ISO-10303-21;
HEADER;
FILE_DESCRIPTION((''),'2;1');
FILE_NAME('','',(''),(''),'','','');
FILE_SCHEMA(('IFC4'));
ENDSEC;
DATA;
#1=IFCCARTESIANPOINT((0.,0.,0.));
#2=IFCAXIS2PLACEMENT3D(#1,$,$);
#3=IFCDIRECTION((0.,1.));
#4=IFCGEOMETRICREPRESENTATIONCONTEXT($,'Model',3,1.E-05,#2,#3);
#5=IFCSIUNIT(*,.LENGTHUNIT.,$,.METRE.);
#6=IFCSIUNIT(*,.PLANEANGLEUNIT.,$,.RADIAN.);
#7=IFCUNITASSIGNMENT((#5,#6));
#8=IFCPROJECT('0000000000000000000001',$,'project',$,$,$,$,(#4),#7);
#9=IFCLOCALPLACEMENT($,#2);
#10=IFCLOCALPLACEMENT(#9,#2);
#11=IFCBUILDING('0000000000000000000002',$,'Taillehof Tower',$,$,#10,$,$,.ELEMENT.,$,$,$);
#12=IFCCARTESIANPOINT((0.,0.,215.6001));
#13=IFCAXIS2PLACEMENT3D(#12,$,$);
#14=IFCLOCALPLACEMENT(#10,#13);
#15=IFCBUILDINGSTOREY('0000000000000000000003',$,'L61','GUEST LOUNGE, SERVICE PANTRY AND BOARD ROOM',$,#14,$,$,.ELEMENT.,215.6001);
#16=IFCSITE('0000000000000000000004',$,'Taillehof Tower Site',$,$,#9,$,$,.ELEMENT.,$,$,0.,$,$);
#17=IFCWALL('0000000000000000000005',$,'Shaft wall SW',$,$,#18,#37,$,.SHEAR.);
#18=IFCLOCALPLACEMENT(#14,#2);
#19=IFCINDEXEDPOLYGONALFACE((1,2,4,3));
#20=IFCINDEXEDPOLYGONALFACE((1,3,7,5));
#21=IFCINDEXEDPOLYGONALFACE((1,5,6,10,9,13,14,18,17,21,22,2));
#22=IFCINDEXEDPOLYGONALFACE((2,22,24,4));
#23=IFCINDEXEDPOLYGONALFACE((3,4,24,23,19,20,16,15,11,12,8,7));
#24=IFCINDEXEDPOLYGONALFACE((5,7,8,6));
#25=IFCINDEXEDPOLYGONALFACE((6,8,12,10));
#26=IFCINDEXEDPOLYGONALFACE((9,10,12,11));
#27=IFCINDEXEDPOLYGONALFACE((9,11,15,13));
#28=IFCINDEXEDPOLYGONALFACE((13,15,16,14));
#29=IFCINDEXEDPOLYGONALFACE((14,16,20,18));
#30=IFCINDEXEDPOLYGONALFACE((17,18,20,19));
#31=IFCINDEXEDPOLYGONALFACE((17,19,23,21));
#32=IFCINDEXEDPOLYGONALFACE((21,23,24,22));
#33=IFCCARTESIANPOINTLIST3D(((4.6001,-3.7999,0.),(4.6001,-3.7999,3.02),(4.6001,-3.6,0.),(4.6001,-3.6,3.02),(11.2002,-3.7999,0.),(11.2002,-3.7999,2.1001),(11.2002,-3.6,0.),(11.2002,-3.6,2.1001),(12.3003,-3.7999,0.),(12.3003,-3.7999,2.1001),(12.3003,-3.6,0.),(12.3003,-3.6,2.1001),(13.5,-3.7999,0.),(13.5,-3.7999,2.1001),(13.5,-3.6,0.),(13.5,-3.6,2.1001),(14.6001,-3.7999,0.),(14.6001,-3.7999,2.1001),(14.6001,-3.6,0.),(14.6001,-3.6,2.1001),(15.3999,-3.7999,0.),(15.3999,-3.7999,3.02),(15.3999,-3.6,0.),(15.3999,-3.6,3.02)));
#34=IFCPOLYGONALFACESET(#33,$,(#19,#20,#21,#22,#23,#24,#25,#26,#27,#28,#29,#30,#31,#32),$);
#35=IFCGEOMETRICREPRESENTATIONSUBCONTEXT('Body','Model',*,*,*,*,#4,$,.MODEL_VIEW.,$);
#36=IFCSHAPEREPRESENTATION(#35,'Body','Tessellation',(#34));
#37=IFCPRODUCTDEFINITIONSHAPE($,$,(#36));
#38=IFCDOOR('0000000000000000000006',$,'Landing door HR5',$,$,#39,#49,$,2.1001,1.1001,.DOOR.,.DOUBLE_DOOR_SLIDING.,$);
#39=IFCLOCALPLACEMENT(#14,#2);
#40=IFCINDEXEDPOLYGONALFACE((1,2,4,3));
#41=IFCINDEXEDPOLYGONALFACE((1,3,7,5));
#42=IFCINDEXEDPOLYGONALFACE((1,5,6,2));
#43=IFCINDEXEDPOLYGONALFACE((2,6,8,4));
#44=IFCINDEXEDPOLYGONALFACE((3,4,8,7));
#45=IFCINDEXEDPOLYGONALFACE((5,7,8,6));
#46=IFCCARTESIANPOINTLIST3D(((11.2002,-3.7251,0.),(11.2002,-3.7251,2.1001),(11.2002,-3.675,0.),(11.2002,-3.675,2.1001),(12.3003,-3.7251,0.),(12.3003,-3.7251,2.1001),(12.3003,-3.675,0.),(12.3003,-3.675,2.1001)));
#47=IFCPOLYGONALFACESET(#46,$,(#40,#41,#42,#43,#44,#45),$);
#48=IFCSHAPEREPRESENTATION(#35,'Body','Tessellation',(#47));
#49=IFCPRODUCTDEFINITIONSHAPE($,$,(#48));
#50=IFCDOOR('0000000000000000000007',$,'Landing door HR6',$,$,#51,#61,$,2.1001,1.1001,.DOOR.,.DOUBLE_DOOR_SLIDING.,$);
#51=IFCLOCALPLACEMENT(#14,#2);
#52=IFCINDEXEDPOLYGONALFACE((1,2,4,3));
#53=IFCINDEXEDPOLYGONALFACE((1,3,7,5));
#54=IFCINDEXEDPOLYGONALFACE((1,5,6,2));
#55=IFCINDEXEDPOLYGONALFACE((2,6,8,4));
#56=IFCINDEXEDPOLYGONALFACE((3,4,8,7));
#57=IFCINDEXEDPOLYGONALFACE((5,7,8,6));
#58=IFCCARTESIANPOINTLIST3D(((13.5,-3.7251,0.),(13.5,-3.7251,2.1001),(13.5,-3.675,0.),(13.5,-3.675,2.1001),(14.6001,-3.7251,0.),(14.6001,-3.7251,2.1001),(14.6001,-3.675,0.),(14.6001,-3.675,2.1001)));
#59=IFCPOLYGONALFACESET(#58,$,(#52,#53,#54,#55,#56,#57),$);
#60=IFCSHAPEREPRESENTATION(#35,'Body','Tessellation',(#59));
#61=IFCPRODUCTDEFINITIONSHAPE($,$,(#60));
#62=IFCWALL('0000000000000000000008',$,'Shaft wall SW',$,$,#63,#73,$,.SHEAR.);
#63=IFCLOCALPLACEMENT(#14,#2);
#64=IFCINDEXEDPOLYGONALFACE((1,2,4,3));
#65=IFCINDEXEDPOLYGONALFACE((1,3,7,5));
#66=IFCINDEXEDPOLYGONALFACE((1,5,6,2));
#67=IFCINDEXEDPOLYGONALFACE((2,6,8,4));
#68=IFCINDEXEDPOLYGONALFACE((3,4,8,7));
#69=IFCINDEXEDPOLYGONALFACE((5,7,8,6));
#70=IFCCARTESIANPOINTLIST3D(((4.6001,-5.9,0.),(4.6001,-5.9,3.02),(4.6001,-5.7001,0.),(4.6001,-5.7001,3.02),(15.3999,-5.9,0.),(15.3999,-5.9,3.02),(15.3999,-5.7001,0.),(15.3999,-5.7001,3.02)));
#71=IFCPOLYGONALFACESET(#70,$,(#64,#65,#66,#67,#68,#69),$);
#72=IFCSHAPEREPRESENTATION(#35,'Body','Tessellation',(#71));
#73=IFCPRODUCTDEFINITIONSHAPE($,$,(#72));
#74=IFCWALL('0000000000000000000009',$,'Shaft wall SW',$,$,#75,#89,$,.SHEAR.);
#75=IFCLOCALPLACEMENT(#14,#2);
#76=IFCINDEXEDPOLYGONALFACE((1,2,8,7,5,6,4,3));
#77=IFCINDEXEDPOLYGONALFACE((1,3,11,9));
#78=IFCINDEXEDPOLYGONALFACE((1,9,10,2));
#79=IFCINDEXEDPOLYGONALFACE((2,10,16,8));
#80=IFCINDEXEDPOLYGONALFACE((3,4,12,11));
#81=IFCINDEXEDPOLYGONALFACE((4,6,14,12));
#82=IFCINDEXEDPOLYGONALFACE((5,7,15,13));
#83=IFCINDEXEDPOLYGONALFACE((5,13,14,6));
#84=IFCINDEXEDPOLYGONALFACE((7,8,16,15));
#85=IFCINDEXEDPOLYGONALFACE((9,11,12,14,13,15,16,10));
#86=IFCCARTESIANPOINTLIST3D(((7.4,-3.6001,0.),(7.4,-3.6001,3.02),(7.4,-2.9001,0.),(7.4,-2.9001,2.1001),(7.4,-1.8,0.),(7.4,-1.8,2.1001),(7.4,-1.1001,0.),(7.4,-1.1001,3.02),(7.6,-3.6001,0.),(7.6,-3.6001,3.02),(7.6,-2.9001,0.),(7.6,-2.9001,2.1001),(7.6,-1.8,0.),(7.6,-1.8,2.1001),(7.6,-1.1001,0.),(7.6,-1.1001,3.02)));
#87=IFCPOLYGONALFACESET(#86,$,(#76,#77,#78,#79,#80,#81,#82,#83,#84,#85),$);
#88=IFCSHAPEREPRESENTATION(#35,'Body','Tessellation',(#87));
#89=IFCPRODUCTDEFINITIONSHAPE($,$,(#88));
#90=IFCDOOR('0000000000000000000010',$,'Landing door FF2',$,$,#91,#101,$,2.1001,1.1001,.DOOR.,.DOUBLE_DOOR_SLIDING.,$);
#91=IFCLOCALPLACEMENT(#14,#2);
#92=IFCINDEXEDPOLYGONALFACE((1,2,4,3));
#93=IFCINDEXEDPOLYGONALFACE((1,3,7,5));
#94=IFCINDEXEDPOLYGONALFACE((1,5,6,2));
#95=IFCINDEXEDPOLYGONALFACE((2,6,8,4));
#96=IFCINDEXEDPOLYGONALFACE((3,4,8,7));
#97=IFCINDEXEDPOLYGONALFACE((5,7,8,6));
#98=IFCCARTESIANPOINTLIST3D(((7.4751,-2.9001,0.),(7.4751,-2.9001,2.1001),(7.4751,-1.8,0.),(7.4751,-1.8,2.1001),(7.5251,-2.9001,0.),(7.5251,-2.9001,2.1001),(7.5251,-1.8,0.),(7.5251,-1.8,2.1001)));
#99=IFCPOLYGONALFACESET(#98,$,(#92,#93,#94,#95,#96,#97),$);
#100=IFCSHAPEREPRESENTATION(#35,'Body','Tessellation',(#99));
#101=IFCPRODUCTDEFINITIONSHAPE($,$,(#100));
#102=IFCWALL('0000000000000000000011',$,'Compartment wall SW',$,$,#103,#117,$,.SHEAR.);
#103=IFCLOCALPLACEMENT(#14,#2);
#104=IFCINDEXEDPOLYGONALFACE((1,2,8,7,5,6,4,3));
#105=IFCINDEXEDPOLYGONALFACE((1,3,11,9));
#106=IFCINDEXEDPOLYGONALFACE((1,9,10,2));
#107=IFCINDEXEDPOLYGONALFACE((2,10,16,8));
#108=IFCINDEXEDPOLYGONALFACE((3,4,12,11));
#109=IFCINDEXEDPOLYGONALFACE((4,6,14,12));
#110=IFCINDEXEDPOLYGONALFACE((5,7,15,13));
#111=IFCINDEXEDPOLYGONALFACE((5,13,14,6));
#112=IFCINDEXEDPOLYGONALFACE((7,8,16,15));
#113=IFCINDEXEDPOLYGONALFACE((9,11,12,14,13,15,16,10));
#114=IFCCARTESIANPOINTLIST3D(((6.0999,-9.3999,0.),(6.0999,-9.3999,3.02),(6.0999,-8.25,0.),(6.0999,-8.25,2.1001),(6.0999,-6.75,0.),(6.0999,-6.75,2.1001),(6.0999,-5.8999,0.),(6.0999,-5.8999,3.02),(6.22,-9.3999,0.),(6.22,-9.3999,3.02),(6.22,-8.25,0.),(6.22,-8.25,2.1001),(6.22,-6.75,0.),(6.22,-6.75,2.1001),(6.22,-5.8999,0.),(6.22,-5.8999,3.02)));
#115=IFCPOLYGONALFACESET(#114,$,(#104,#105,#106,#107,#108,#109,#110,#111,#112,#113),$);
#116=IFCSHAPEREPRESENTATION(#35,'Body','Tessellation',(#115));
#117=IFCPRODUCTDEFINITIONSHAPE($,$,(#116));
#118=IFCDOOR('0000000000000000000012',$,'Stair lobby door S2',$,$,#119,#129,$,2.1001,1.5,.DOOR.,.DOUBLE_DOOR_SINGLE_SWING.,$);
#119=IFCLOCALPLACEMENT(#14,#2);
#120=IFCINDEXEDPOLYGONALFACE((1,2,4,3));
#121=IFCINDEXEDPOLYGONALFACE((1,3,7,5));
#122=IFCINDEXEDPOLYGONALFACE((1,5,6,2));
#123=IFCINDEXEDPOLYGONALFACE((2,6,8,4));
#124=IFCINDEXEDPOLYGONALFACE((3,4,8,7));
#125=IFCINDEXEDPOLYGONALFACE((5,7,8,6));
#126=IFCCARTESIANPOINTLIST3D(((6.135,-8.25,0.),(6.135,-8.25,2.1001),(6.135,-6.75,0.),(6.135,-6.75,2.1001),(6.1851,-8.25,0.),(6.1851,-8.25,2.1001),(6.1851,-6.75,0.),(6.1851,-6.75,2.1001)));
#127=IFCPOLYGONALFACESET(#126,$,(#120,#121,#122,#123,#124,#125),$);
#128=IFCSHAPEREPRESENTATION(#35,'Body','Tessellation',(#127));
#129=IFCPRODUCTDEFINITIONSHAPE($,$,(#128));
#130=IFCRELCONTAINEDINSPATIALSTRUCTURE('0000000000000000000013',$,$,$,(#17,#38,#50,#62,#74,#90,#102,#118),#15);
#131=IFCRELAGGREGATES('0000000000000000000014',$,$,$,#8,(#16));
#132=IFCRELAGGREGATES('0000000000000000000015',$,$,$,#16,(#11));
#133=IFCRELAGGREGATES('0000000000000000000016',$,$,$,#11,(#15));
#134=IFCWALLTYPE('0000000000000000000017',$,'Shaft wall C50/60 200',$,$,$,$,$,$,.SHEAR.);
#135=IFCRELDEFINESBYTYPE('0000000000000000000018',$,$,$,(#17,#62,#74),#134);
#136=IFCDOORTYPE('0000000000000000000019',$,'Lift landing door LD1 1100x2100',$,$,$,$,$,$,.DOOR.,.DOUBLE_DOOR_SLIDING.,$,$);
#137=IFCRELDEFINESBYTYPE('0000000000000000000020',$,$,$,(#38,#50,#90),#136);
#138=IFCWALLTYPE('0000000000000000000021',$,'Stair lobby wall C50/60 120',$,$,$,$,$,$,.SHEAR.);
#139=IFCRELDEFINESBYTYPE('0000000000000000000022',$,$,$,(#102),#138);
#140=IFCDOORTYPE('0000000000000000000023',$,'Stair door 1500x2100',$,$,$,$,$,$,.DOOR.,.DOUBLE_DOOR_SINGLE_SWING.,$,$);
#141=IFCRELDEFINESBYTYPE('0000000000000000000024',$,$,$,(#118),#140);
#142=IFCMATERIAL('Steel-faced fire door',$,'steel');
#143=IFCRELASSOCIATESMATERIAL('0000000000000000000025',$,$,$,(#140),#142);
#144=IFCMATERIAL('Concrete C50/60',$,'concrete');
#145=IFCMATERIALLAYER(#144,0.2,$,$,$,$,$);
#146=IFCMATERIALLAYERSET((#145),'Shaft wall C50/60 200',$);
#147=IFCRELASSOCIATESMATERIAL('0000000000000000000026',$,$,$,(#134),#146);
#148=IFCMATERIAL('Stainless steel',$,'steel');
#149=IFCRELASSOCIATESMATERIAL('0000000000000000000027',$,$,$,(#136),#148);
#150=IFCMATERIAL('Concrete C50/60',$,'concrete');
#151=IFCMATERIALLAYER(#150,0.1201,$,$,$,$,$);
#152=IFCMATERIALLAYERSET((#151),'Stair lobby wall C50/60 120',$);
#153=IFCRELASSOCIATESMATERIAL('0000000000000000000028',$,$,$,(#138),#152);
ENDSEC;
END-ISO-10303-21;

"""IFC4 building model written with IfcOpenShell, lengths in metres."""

from ifc_helpers import new_model, si_unit, direction, frame, frame_2d, origin, place, context, subcontext, project, spatial, rectangle, extrude, material, layer, layer_set, type_object, element, fill, save


model = new_model("IFC4")

# Units and contexts
model_context = context("Model", 3, precision=1e-05, world=origin(), true_north=direction((0.0, 1.0)))
body_context = subcontext(model_context, "Body", "Model", "MODEL_VIEW")
ifc_project = project(units=[si_unit("LENGTHUNIT", "METRE"), si_unit("PLANEANGLEUNIT", "RADIAN")], contexts=[model_context])

# Site, building, storey
site_placement = place(None, origin())
site = spatial("IfcSite", under=ifc_project, at=site_placement, Name="Taillehof Tower Site", CompositionType="ELEMENT", RefElevation=0.0)
building_placement = place(site_placement, origin())
building = spatial("IfcBuilding", under=site, at=building_placement, Name="Taillehof Tower", CompositionType="ELEMENT")
storey_placement = place(building_placement, frame((0.0, 0.0, 215.6001)))
storey = spatial("IfcBuildingStorey", under=building, at=storey_placement, Name="L61", Description="GUEST LOUNGE, SERVICE PANTRY AND BOARD ROOM", CompositionType="ELEMENT", Elevation=215.6001)

# Wall, openings, doors
ifc_material_1 = material(Name="Steel-faced fire door", Category="steel")
door_type_1 = type_object("IfcDoorType", Name="Stair door 1500x2100", OperationType="DOUBLE_DOOR_SINGLE_SWING", PredefinedType="DOOR", material=ifc_material_1)
ifc_material_2 = material(Name="Concrete C50/60", Category="concrete")
ifc_layer_1 = layer(ifc_material_2, 0.2)
ifc_layer_set_1 = layer_set([ifc_layer_1], Name="Shaft wall C50/60 200")
wall_type_1 = type_object("IfcWallType", Name="Shaft wall C50/60 200", PredefinedType="SHEAR", material=ifc_layer_set_1)
wall_1_placement = place(storey_placement, frame((4.6001, -3.7, 0.0), z_axis=(0.0, 0.0, 1.0), x_axis=(1.0, 0.0, 0.0)))
wall_1 = element("IfcWall", 1, at=wall_1_placement, inside=storey, type_object=wall_type_1, Name="Shaft wall SW", PredefinedType="SHEAR", context=body_context, shape_type="SweptSolid", body=[
    extrude(rectangle(XDim=10.7998, YDim=0.2, at=frame_2d((5.3999, 0.0))), origin(), (0.0, 0.0, 1.0), 3.02),
])
opening_1_placement = place(wall_1_placement, frame((6.6001, 0.0, 0.0)))
opening_1 = element("IfcOpeningElement", 2, at=opening_1_placement, cuts=wall_1, PredefinedType="OPENING", context=body_context, shape_type="SweptSolid", body=[
    extrude(rectangle(XDim=1.1001, YDim=2.1001, at=frame_2d((0.55, 1.05))), frame((0.0, 0.1099, 0.0), z_axis=(0.0, -1.0, 0.0), x_axis=(1.0, 0.0, 0.0)), (0.0, 0.0, 1.0), 0.22),
])
opening_2_placement = place(wall_1_placement, frame((8.8999, 0.0, 0.0)))
opening_2 = element("IfcOpeningElement", 3, at=opening_2_placement, cuts=wall_1, PredefinedType="OPENING", context=body_context, shape_type="SweptSolid", body=[
    extrude(rectangle(XDim=1.1001, YDim=2.1001, at=frame_2d((0.55, 1.05))), frame((0.0, 0.1099, 0.0), z_axis=(0.0, -1.0, 0.0), x_axis=(1.0, 0.0, 0.0)), (0.0, 0.0, 1.0), 0.22),
])
ifc_material_3 = material(Name="Stainless steel", Category="steel")
door_type_2 = type_object("IfcDoorType", Name="Lift landing door LD1 1100x2100", OperationType="DOUBLE_DOOR_SLIDING", PredefinedType="DOOR", material=ifc_material_3)
door_1_placement = place(opening_1_placement, origin())
door_1 = element("IfcDoor", 4, at=door_1_placement, inside=storey, type_object=door_type_2, Name="Landing door HR5", OperationType="DOUBLE_DOOR_SLIDING", OverallHeight=2.1001, OverallWidth=1.1001, PredefinedType="DOOR", context=body_context, shape_type="SweptSolid", body=[
    extrude(rectangle(XDim=1.1001, YDim=2.1001, at=frame_2d((0.55, 1.05))), frame((0.0, 0.0249, 0.0), z_axis=(0.0, -1.0, 0.0), x_axis=(1.0, 0.0, 0.0)), (0.0, 0.0, 1.0), 0.05),
])
fill(opening_1, door_1)
door_2_placement = place(opening_2_placement, origin())
door_2 = element("IfcDoor", 5, at=door_2_placement, inside=storey, type_object=door_type_2, Name="Landing door HR6", OperationType="DOUBLE_DOOR_SLIDING", OverallHeight=2.1001, OverallWidth=1.1001, PredefinedType="DOOR", context=body_context, shape_type="SweptSolid", body=[
    extrude(rectangle(XDim=1.1001, YDim=2.1001, at=frame_2d((0.55, 1.05))), frame((0.0, 0.0249, 0.0), z_axis=(0.0, -1.0, 0.0), x_axis=(1.0, 0.0, 0.0)), (0.0, 0.0, 1.0), 0.05),
])
fill(opening_2, door_2)

# Wall
wall_2_placement = place(storey_placement, frame((4.6001, -5.8, 0.0), z_axis=(0.0, 0.0, 1.0), x_axis=(1.0, 0.0, 0.0)))
element("IfcWall", 6, at=wall_2_placement, inside=storey, type_object=wall_type_1, Name="Shaft wall SW", PredefinedType="SHEAR", context=body_context, shape_type="SweptSolid", body=[
    extrude(rectangle(XDim=10.7998, YDim=0.2, at=frame_2d((5.3999, 0.0))), origin(), (0.0, 0.0, 1.0), 3.02),
])

# Walls, openings, doors
wall_3_placement = place(storey_placement, frame((7.5, -3.6001, 0.0), z_axis=(0.0, 0.0, 1.0), x_axis=(0.0, 1.0, 0.0)))
wall_3 = element("IfcWall", 7, at=wall_3_placement, inside=storey, type_object=wall_type_1, Name="Shaft wall SW", PredefinedType="SHEAR", context=body_context, shape_type="SweptSolid", body=[
    extrude(rectangle(XDim=2.5, YDim=0.2, at=frame_2d((1.25, 0.0))), origin(), (0.0, 0.0, 1.0), 3.02),
])
opening_3_placement = place(wall_3_placement, frame((0.7, 0.0, 0.0)))
opening_3 = element("IfcOpeningElement", 8, at=opening_3_placement, cuts=wall_3, PredefinedType="OPENING", context=body_context, shape_type="SweptSolid", body=[
    extrude(rectangle(XDim=1.1001, YDim=2.1001, at=frame_2d((0.55, 1.05))), frame((0.0, 0.1099, 0.0), z_axis=(0.0, -1.0, 0.0), x_axis=(1.0, 0.0, 0.0)), (0.0, 0.0, 1.0), 0.22),
])
door_3_placement = place(opening_3_placement, origin())
door_3 = element("IfcDoor", 9, at=door_3_placement, inside=storey, type_object=door_type_2, Name="Landing door FF2", OperationType="DOUBLE_DOOR_SLIDING", OverallHeight=2.1001, OverallWidth=1.1001, PredefinedType="DOOR", context=body_context, shape_type="SweptSolid", body=[
    extrude(rectangle(XDim=1.1001, YDim=2.1001, at=frame_2d((0.55, 1.05))), frame((0.0, 0.0249, 0.0), z_axis=(0.0, -1.0, 0.0), x_axis=(1.0, 0.0, 0.0)), (0.0, 0.0, 1.0), 0.05),
])
fill(opening_3, door_3)
ifc_material_4 = material(Name="Concrete C50/60", Category="concrete")
ifc_layer_2 = layer(ifc_material_4, 0.1201)
ifc_layer_set_2 = layer_set([ifc_layer_2], Name="Stair lobby wall C50/60 120")
wall_type_2 = type_object("IfcWallType", Name="Stair lobby wall C50/60 120", PredefinedType="SHEAR", material=ifc_layer_set_2)
wall_4_placement = place(storey_placement, frame((6.1599, -9.3999, 0.0), z_axis=(0.0, 0.0, 1.0), x_axis=(0.0, 1.0, 0.0)))
wall_4 = element("IfcWall", 10, at=wall_4_placement, inside=storey, type_object=wall_type_2, Name="Compartment wall SW", PredefinedType="SHEAR", context=body_context, shape_type="SweptSolid", body=[
    extrude(rectangle(XDim=3.5, YDim=0.1201, at=frame_2d((1.75, 0.0))), origin(), (0.0, 0.0, 1.0), 3.02),
])
opening_4_placement = place(wall_4_placement, frame((1.1499, 0.0, 0.0)))
opening_4 = element("IfcOpeningElement", 11, at=opening_4_placement, cuts=wall_4, PredefinedType="OPENING", context=body_context, shape_type="SweptSolid", body=[
    extrude(rectangle(XDim=1.5, YDim=2.1001, at=frame_2d((0.75, 1.05))), frame((0.0, 0.0701, 0.0), z_axis=(0.0, -1.0, 0.0), x_axis=(1.0, 0.0, 0.0)), (0.0, 0.0, 1.0), 0.1401),
])
door_4_placement = place(opening_4_placement, origin())
door_4 = element("IfcDoor", 12, at=door_4_placement, inside=storey, type_object=door_type_1, Name="Stair lobby door S2", OperationType="DOUBLE_DOOR_SINGLE_SWING", OverallHeight=2.1001, OverallWidth=1.5, PredefinedType="DOOR", context=body_context, shape_type="SweptSolid", body=[
    extrude(rectangle(XDim=1.5, YDim=2.1001, at=frame_2d((0.75, 1.05))), frame((0.0, 0.0249, 0.0), z_axis=(0.0, -1.0, 0.0), x_axis=(1.0, 0.0, 0.0)), (0.0, 0.0, 1.0), 0.05),
])
fill(opening_4, door_4)

save(model, "model.ifc")
